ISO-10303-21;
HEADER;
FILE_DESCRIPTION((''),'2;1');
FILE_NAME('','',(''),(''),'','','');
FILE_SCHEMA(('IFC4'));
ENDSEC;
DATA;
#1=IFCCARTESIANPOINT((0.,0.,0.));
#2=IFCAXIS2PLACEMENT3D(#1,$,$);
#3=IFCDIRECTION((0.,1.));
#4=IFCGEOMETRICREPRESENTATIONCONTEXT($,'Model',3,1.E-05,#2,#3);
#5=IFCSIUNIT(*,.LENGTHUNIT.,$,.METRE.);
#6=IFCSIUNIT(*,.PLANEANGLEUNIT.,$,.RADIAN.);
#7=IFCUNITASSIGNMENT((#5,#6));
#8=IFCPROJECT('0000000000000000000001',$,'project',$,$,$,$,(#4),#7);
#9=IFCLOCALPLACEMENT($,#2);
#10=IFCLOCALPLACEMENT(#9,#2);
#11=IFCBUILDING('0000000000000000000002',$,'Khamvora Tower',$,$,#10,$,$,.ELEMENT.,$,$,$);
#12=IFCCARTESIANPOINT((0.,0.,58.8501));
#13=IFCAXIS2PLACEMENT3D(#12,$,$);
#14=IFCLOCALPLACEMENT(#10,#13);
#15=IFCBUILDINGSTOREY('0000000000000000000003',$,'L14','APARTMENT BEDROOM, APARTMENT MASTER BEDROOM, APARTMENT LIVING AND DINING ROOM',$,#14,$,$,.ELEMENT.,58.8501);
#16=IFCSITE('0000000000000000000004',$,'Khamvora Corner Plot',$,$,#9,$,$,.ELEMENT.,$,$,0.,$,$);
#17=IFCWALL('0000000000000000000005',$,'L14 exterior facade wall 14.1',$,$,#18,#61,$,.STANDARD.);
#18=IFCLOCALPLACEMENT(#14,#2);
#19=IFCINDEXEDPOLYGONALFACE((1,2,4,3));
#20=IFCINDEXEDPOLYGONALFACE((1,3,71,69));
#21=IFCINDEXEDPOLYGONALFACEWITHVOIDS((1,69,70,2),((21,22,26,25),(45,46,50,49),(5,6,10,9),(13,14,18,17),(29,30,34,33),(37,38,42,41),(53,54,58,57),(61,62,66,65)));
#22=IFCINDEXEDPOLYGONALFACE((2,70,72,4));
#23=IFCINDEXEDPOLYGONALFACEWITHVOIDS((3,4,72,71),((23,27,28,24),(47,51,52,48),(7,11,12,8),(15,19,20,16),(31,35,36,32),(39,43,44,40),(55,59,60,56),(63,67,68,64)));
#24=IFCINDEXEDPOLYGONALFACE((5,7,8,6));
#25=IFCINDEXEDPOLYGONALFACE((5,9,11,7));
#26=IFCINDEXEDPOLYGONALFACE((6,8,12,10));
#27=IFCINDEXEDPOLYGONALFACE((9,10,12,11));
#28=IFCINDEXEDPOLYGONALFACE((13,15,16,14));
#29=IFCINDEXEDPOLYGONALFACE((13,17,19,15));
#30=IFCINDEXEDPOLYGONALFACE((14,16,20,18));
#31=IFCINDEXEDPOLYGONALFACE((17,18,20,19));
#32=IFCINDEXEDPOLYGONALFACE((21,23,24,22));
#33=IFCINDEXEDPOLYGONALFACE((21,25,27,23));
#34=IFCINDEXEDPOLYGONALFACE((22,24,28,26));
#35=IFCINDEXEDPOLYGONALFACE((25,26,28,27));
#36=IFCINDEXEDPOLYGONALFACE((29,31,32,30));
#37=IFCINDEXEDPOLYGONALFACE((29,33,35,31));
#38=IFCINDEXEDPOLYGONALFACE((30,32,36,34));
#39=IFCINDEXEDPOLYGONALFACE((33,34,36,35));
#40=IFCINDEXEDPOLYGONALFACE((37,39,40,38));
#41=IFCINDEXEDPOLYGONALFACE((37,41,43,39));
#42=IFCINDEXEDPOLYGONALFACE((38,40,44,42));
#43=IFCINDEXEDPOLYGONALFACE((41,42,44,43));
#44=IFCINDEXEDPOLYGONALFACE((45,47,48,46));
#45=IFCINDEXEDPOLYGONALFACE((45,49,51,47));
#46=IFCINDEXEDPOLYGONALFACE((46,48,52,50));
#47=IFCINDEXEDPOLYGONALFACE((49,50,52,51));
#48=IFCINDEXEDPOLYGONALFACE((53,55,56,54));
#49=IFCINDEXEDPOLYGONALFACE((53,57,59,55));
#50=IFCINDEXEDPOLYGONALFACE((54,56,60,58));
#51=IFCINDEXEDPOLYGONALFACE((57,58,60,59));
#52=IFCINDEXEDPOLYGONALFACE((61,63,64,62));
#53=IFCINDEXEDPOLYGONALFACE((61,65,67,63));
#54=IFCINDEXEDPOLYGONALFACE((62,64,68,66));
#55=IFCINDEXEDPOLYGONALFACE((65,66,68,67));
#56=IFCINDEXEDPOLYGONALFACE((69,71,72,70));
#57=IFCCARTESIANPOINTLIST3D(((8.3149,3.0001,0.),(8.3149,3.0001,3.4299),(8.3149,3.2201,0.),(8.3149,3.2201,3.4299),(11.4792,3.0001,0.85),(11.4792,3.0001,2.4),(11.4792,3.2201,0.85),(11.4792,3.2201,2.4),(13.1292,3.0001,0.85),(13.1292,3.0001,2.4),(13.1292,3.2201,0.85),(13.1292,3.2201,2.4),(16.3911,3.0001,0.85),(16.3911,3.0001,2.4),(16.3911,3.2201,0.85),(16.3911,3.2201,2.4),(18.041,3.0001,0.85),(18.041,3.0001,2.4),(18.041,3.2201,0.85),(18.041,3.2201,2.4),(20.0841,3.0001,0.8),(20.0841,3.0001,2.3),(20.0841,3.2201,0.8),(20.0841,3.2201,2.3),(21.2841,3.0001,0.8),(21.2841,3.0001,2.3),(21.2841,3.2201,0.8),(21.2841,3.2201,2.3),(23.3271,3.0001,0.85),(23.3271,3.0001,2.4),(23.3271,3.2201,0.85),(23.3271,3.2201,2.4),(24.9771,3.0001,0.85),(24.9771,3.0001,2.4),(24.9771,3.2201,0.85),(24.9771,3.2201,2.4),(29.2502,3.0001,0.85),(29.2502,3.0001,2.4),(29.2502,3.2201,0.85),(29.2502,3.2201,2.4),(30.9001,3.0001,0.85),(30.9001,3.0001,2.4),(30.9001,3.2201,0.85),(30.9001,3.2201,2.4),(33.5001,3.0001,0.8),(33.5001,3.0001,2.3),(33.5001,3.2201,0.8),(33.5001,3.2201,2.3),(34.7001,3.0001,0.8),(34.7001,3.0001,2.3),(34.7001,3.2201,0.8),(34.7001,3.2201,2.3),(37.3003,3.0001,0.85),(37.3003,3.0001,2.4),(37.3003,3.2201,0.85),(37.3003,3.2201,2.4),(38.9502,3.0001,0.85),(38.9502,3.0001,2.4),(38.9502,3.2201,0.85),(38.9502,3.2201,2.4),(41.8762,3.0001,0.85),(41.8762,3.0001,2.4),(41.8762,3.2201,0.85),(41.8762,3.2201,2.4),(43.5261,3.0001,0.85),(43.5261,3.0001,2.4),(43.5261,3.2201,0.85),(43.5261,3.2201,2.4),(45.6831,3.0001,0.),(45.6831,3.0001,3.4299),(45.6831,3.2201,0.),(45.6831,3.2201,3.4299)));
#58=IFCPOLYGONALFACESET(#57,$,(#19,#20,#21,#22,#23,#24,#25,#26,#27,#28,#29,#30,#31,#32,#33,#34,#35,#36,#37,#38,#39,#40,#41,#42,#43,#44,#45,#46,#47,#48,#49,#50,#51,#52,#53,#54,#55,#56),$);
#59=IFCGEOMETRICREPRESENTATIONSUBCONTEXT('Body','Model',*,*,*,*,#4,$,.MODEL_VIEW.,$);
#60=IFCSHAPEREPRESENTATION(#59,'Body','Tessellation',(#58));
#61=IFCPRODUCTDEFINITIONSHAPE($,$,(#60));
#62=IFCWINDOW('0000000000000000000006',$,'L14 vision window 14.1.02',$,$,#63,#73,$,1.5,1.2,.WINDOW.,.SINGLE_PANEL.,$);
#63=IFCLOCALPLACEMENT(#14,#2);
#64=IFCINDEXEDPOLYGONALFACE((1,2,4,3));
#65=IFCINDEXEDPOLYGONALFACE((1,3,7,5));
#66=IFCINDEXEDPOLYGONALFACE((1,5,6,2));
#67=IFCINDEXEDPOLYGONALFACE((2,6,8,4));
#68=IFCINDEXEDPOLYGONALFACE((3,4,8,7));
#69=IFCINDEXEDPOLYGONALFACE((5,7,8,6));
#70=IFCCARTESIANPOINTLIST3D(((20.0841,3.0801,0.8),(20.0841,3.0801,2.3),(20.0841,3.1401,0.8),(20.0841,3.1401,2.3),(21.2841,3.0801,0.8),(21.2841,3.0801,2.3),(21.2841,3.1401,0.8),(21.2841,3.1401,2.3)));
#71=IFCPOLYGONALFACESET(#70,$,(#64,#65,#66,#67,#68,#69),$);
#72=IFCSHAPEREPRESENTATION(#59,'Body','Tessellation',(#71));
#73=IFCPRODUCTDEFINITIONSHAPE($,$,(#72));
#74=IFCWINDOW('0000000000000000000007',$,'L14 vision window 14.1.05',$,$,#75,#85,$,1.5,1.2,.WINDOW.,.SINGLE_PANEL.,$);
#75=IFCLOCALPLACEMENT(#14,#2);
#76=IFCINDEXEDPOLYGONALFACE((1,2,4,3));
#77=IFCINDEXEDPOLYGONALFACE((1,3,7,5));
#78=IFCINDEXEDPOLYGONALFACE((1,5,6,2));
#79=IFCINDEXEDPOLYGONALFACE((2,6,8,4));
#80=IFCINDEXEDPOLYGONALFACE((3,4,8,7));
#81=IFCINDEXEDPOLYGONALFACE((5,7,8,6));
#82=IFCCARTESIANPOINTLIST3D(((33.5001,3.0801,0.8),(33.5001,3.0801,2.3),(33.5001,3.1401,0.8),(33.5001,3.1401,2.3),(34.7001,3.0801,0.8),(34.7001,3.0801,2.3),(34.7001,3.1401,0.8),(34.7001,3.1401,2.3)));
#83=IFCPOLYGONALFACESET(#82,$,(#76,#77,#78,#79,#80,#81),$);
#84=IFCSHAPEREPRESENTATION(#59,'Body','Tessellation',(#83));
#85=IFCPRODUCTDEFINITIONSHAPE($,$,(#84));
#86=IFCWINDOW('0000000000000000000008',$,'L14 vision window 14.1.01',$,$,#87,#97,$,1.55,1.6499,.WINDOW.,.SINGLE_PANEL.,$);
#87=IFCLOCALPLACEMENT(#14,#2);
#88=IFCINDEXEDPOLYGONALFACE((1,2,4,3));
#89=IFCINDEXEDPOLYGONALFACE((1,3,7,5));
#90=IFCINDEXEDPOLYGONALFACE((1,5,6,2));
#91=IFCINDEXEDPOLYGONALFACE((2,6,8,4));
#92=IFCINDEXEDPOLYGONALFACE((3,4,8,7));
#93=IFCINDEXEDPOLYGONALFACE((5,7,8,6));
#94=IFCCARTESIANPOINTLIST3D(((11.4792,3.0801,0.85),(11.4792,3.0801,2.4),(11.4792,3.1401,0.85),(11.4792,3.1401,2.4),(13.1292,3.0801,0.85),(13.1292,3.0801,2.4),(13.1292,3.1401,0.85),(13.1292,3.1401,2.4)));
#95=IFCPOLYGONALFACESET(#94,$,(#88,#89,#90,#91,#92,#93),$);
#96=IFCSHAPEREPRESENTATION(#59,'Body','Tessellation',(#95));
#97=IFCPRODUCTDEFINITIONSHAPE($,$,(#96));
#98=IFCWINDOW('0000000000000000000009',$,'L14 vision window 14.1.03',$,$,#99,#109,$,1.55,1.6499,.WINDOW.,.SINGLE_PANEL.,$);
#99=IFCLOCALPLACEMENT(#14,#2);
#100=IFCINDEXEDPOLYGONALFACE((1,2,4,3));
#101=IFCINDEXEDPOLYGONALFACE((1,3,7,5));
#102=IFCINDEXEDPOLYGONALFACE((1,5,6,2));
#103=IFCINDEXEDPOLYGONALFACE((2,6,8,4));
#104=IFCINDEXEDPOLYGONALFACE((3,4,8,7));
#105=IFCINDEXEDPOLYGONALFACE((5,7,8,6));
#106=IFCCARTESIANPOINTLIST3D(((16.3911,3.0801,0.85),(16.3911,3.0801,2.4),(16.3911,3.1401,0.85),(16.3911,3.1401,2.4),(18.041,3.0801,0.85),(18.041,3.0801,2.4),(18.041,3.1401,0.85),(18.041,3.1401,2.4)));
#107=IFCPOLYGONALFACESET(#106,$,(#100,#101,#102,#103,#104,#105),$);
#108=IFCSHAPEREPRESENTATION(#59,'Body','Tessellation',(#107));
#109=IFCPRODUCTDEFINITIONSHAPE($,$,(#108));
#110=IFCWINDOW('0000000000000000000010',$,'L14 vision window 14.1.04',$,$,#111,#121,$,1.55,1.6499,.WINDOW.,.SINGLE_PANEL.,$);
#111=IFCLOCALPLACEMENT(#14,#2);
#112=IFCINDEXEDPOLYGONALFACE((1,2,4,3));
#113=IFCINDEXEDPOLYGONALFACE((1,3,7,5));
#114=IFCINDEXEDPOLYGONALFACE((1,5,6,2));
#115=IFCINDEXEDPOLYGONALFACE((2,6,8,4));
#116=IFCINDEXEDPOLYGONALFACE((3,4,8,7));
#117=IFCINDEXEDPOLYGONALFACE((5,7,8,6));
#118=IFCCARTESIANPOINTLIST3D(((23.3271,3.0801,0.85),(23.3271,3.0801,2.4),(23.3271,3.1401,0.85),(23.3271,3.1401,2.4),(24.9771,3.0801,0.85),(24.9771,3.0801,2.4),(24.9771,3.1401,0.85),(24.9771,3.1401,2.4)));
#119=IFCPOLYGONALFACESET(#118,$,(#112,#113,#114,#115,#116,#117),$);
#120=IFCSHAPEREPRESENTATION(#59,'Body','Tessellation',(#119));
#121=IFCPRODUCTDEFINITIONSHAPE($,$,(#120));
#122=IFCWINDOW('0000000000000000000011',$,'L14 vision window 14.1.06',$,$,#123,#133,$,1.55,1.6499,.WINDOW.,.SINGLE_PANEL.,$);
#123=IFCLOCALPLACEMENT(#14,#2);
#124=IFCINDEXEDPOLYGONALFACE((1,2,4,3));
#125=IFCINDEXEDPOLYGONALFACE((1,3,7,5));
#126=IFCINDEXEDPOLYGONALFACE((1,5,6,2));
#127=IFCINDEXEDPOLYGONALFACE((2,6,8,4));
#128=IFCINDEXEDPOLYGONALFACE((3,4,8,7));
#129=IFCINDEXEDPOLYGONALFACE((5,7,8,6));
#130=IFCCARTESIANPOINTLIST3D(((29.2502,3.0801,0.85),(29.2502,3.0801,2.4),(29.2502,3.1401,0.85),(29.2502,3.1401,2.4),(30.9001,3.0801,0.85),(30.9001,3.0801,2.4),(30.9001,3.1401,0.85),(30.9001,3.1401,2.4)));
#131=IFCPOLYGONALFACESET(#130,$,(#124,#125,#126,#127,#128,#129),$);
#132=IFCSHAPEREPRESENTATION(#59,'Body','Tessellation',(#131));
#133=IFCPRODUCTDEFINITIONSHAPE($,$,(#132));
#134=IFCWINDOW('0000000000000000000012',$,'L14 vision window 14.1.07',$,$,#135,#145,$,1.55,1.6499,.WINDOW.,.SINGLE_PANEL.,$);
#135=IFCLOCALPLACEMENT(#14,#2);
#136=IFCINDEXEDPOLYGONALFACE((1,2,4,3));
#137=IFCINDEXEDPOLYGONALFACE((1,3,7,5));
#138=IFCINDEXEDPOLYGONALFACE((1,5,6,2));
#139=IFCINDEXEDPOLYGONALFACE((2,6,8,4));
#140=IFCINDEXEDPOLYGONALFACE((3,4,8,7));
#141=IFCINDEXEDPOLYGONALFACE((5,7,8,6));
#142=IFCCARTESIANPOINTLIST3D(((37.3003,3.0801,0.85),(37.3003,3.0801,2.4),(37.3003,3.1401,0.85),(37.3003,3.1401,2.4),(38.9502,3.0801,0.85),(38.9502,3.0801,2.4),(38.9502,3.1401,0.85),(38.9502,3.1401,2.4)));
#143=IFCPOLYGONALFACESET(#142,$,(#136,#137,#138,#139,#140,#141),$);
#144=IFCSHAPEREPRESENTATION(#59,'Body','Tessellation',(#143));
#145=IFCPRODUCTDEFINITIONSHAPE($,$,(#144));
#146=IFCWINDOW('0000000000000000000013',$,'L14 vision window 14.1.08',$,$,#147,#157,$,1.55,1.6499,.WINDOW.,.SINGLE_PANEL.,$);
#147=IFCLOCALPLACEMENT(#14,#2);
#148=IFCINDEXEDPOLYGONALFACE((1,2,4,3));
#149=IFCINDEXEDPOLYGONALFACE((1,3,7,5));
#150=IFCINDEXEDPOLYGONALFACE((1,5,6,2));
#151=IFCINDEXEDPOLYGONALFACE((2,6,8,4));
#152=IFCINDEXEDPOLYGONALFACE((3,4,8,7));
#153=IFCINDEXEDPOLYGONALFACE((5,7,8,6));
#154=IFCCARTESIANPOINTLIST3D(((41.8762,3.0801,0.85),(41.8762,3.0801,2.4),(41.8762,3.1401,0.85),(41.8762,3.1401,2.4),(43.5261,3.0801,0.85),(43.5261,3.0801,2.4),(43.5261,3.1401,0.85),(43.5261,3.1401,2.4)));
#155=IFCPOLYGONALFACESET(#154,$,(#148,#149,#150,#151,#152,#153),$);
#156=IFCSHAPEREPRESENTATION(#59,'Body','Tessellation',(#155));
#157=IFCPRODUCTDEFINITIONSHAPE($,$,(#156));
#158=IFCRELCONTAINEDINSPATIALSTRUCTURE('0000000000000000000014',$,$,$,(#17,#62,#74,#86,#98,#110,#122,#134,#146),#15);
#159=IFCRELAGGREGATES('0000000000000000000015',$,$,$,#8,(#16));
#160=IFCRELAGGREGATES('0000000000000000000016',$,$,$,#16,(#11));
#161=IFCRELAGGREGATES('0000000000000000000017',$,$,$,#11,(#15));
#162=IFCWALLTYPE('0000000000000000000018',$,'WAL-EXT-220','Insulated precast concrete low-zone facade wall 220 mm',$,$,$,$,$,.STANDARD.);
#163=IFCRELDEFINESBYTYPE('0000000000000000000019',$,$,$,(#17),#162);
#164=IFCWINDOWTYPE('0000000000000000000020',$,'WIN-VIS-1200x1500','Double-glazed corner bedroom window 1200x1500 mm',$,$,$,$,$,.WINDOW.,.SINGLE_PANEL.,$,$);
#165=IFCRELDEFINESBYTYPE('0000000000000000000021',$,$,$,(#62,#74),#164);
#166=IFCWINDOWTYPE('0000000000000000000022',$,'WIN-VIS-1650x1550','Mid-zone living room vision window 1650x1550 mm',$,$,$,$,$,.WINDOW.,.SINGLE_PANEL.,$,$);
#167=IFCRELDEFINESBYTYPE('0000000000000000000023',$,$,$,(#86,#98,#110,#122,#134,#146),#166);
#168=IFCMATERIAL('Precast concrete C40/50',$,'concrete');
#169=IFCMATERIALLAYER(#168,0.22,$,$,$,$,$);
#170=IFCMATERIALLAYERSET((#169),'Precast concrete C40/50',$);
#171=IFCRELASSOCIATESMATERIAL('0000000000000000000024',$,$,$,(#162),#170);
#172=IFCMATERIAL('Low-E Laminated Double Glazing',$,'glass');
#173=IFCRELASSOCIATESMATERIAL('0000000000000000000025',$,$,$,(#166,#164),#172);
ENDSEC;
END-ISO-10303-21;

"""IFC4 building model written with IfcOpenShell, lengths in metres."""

from ifc_helpers import new_model, si_unit, direction, frame, frame_2d, origin, place, context, subcontext, project, spatial, rectangle, extrude, material, layer, layer_set, type_object, element, fill, save


model = new_model("IFC4")

# Units and contexts
model_context = context("Model", 3, precision=1e-05, world=origin(), true_north=direction((0.0, 1.0)))
body_context = subcontext(model_context, "Body", "Model", "MODEL_VIEW")
ifc_project = project(units=[si_unit("LENGTHUNIT", "METRE"), si_unit("PLANEANGLEUNIT", "RADIAN")], contexts=[model_context])

# Site, building, storey
site_placement = place(None, origin())
site = spatial("IfcSite", under=ifc_project, at=site_placement, Name="Khamvora Corner Plot", CompositionType="ELEMENT", RefElevation=0.0)
building_placement = place(site_placement, origin())
building = spatial("IfcBuilding", under=site, at=building_placement, Name="Khamvora Tower", CompositionType="ELEMENT")
storey_placement = place(building_placement, frame((0.0, 0.0, 58.8501)))
storey = spatial("IfcBuildingStorey", under=building, at=storey_placement, Name="L14", Description="APARTMENT BEDROOM, APARTMENT MASTER BEDROOM, APARTMENT LIVING AND DINING ROOM", CompositionType="ELEMENT", Elevation=58.8501)

# Shared definitions
ifc_material_1 = material(Name="Precast concrete C40/50", Category="concrete")
ifc_layer_1 = layer(ifc_material_1, 0.22)
ifc_layer_set_1 = layer_set([ifc_layer_1], Name="Precast concrete C40/50")
wall_type_1 = type_object("IfcWallType", Name="WAL-EXT-220", Description="Insulated precast concrete low-zone facade wall 220 mm", PredefinedType="STANDARD", material=ifc_layer_set_1)
ifc_material_2 = material(Name="Low-E Laminated Double Glazing", Category="glass")
window_type_1 = type_object("IfcWindowType", Name="WIN-VIS-1650x1550", Description="Mid-zone living room vision window 1650x1550 mm", PartitioningType="SINGLE_PANEL", PredefinedType="WINDOW", material=ifc_material_2)

# Wall, openings, windows
wall_1_placement = place(storey_placement, frame((45.6831, 3.1101, 0.0), z_axis=(0.0, 0.0, 1.0), x_axis=(-1.0, 0.0, 0.0)))
wall_1 = element("IfcWall", 1, at=wall_1_placement, inside=storey, type_object=wall_type_1, Name="L14 exterior facade wall 14.1", PredefinedType="STANDARD", context=body_context, shape_type="SweptSolid", body=[
    extrude(rectangle(XDim=37.3682, YDim=0.22, at=frame_2d((18.6841, 0.0))), origin(), (0.0, 0.0, 1.0), 3.4299),
])
opening_1_placement = place(wall_1_placement, frame((32.554, 0.0, 0.8501)))
opening_1 = element("IfcOpeningElement", 2, at=opening_1_placement, cuts=wall_1, PredefinedType="OPENING", context=body_context, shape_type="SweptSolid", body=[
    extrude(rectangle(XDim=1.6499, YDim=1.55, at=frame_2d((0.825, 0.7749))), frame((0.0, 0.1199, 0.0), z_axis=(0.0, -1.0, 0.0), x_axis=(1.0, 0.0, 0.0)), (0.0, 0.0, 1.0), 0.24),
])
opening_2_placement = place(wall_1_placement, frame((24.3989, 0.0, 0.8)))
opening_2 = element("IfcOpeningElement", 3, at=opening_2_placement, cuts=wall_1, PredefinedType="OPENING", context=body_context, shape_type="SweptSolid", body=[
    extrude(rectangle(XDim=1.2, YDim=1.5, at=frame_2d((0.6001, 0.75))), frame((0.0, 0.1199, 0.0), z_axis=(0.0, -1.0, 0.0), x_axis=(1.0, 0.0, 0.0)), (0.0, 0.0, 1.0), 0.24),
])
opening_3_placement = place(wall_1_placement, frame((27.6421, 0.0, 0.8501)))
opening_3 = element("IfcOpeningElement", 4, at=opening_3_placement, cuts=wall_1, PredefinedType="OPENING", context=body_context, shape_type="SweptSolid", body=[
    extrude(rectangle(XDim=1.6499, YDim=1.55, at=frame_2d((0.825, 0.7749))), frame((0.0, 0.1199, 0.0), z_axis=(0.0, -1.0, 0.0), x_axis=(1.0, 0.0, 0.0)), (0.0, 0.0, 1.0), 0.24),
])
opening_4_placement = place(wall_1_placement, frame((20.7061, 0.0, 0.8501)))
opening_4 = element("IfcOpeningElement", 5, at=opening_4_placement, cuts=wall_1, PredefinedType="OPENING", context=body_context, shape_type="SweptSolid", body=[
    extrude(rectangle(XDim=1.6499, YDim=1.55, at=frame_2d((0.825, 0.7749))), frame((0.0, 0.1199, 0.0), z_axis=(0.0, -1.0, 0.0), x_axis=(1.0, 0.0, 0.0)), (0.0, 0.0, 1.0), 0.24),
])
opening_5_placement = place(wall_1_placement, frame((10.9829, 0.0, 0.8)))
opening_5 = element("IfcOpeningElement", 6, at=opening_5_placement, cuts=wall_1, PredefinedType="OPENING", context=body_context, shape_type="SweptSolid", body=[
    extrude(rectangle(XDim=1.2, YDim=1.5, at=frame_2d((0.6001, 0.75))), frame((0.0, 0.1199, 0.0), z_axis=(0.0, -1.0, 0.0), x_axis=(1.0, 0.0, 0.0)), (0.0, 0.0, 1.0), 0.24),
])
opening_6_placement = place(wall_1_placement, frame((14.783, 0.0, 0.8501)))
opening_6 = element("IfcOpeningElement", 7, at=opening_6_placement, cuts=wall_1, PredefinedType="OPENING", context=body_context, shape_type="SweptSolid", body=[
    extrude(rectangle(XDim=1.6499, YDim=1.55, at=frame_2d((0.825, 0.7749))), frame((0.0, 0.1199, 0.0), z_axis=(0.0, -1.0, 0.0), x_axis=(1.0, 0.0, 0.0)), (0.0, 0.0, 1.0), 0.24),
])
opening_7_placement = place(wall_1_placement, frame((6.7329, 0.0, 0.8501)))
opening_7 = element("IfcOpeningElement", 8, at=opening_7_placement, cuts=wall_1, PredefinedType="OPENING", context=body_context, shape_type="SweptSolid", body=[
    extrude(rectangle(XDim=1.6499, YDim=1.55, at=frame_2d((0.825, 0.7749))), frame((0.0, 0.1199, 0.0), z_axis=(0.0, -1.0, 0.0), x_axis=(1.0, 0.0, 0.0)), (0.0, 0.0, 1.0), 0.24),
])
opening_8_placement = place(wall_1_placement, frame((2.157, 0.0, 0.8501)))
opening_8 = element("IfcOpeningElement", 9, at=opening_8_placement, cuts=wall_1, PredefinedType="OPENING", context=body_context, shape_type="SweptSolid", body=[
    extrude(rectangle(XDim=1.6499, YDim=1.55, at=frame_2d((0.825, 0.7749))), frame((0.0, 0.1199, 0.0), z_axis=(0.0, -1.0, 0.0), x_axis=(1.0, 0.0, 0.0)), (0.0, 0.0, 1.0), 0.24),
])
window_type_2 = type_object("IfcWindowType", Name="WIN-VIS-1200x1500", Description="Double-glazed corner bedroom window 1200x1500 mm", PartitioningType="SINGLE_PANEL", PredefinedType="WINDOW", material=ifc_material_2)
window_1_placement = place(opening_2_placement, origin())
window_1 = element("IfcWindow", 10, at=window_1_placement, inside=storey, type_object=window_type_2, Name="L14 vision window 14.1.02", OverallHeight=1.5, OverallWidth=1.2, PartitioningType="SINGLE_PANEL", PredefinedType="WINDOW", context=body_context, shape_type="SweptSolid", body=[
    extrude(rectangle(XDim=1.2, YDim=1.5, at=frame_2d((0.6001, 0.75))), frame((0.0, 0.03, 0.0), z_axis=(0.0, -1.0, 0.0), x_axis=(1.0, 0.0, 0.0)), (0.0, 0.0, 1.0), 0.0601),
])
fill(opening_2, window_1)
window_2_placement = place(opening_5_placement, origin())
window_2 = element("IfcWindow", 11, at=window_2_placement, inside=storey, type_object=window_type_2, Name="L14 vision window 14.1.05", OverallHeight=1.5, OverallWidth=1.2, PartitioningType="SINGLE_PANEL", PredefinedType="WINDOW", context=body_context, shape_type="SweptSolid", body=[
    extrude(rectangle(XDim=1.2, YDim=1.5, at=frame_2d((0.6001, 0.75))), frame((0.0, 0.03, 0.0), z_axis=(0.0, -1.0, 0.0), x_axis=(1.0, 0.0, 0.0)), (0.0, 0.0, 1.0), 0.0601),
])
fill(opening_5, window_2)
window_3_placement = place(opening_1_placement, origin())
window_3 = element("IfcWindow", 12, at=window_3_placement, inside=storey, type_object=window_type_1, Name="L14 vision window 14.1.01", OverallHeight=1.55, OverallWidth=1.6499, PartitioningType="SINGLE_PANEL", PredefinedType="WINDOW", context=body_context, shape_type="SweptSolid", body=[
    extrude(rectangle(XDim=1.6499, YDim=1.55, at=frame_2d((0.825, 0.7749))), frame((0.0, 0.03, 0.0), z_axis=(0.0, -1.0, 0.0), x_axis=(1.0, 0.0, 0.0)), (0.0, 0.0, 1.0), 0.0601),
])
fill(opening_1, window_3)
window_4_placement = place(opening_3_placement, origin())
window_4 = element("IfcWindow", 13, at=window_4_placement, inside=storey, type_object=window_type_1, Name="L14 vision window 14.1.03", OverallHeight=1.55, OverallWidth=1.6499, PartitioningType="SINGLE_PANEL", PredefinedType="WINDOW", context=body_context, shape_type="SweptSolid", body=[
    extrude(rectangle(XDim=1.6499, YDim=1.55, at=frame_2d((0.825, 0.7749))), frame((0.0, 0.03, 0.0), z_axis=(0.0, -1.0, 0.0), x_axis=(1.0, 0.0, 0.0)), (0.0, 0.0, 1.0), 0.0601),
])
fill(opening_3, window_4)
window_5_placement = place(opening_4_placement, origin())
window_5 = element("IfcWindow", 14, at=window_5_placement, inside=storey, type_object=window_type_1, Name="L14 vision window 14.1.04", OverallHeight=1.55, OverallWidth=1.6499, PartitioningType="SINGLE_PANEL", PredefinedType="WINDOW", context=body_context, shape_type="SweptSolid", body=[
    extrude(rectangle(XDim=1.6499, YDim=1.55, at=frame_2d((0.825, 0.7749))), frame((0.0, 0.03, 0.0), z_axis=(0.0, -1.0, 0.0), x_axis=(1.0, 0.0, 0.0)), (0.0, 0.0, 1.0), 0.0601),
])
fill(opening_4, window_5)
window_6_placement = place(opening_6_placement, origin())
window_6 = element("IfcWindow", 15, at=window_6_placement, inside=storey, type_object=window_type_1, Name="L14 vision window 14.1.06", OverallHeight=1.55, OverallWidth=1.6499, PartitioningType="SINGLE_PANEL", PredefinedType="WINDOW", context=body_context, shape_type="SweptSolid", body=[
    extrude(rectangle(XDim=1.6499, YDim=1.55, at=frame_2d((0.825, 0.7749))), frame((0.0, 0.03, 0.0), z_axis=(0.0, -1.0, 0.0), x_axis=(1.0, 0.0, 0.0)), (0.0, 0.0, 1.0), 0.0601),
])
fill(opening_6, window_6)
window_7_placement = place(opening_7_placement, origin())
window_7 = element("IfcWindow", 16, at=window_7_placement, inside=storey, type_object=window_type_1, Name="L14 vision window 14.1.07", OverallHeight=1.55, OverallWidth=1.6499, PartitioningType="SINGLE_PANEL", PredefinedType="WINDOW", context=body_context, shape_type="SweptSolid", body=[
    extrude(rectangle(XDim=1.6499, YDim=1.55, at=frame_2d((0.825, 0.7749))), frame((0.0, 0.03, 0.0), z_axis=(0.0, -1.0, 0.0), x_axis=(1.0, 0.0, 0.0)), (0.0, 0.0, 1.0), 0.0601),
])
fill(opening_7, window_7)
window_8_placement = place(opening_8_placement, origin())
window_8 = element("IfcWindow", 17, at=window_8_placement, inside=storey, type_object=window_type_1, Name="L14 vision window 14.1.08", OverallHeight=1.55, OverallWidth=1.6499, PartitioningType="SINGLE_PANEL", PredefinedType="WINDOW", context=body_context, shape_type="SweptSolid", body=[
    extrude(rectangle(XDim=1.6499, YDim=1.55, at=frame_2d((0.825, 0.7749))), frame((0.0, 0.03, 0.0), z_axis=(0.0, -1.0, 0.0), x_axis=(1.0, 0.0, 0.0)), (0.0, 0.0, 1.0), 0.0601),
])
fill(opening_8, window_8)

save(model, "model.ifc")
